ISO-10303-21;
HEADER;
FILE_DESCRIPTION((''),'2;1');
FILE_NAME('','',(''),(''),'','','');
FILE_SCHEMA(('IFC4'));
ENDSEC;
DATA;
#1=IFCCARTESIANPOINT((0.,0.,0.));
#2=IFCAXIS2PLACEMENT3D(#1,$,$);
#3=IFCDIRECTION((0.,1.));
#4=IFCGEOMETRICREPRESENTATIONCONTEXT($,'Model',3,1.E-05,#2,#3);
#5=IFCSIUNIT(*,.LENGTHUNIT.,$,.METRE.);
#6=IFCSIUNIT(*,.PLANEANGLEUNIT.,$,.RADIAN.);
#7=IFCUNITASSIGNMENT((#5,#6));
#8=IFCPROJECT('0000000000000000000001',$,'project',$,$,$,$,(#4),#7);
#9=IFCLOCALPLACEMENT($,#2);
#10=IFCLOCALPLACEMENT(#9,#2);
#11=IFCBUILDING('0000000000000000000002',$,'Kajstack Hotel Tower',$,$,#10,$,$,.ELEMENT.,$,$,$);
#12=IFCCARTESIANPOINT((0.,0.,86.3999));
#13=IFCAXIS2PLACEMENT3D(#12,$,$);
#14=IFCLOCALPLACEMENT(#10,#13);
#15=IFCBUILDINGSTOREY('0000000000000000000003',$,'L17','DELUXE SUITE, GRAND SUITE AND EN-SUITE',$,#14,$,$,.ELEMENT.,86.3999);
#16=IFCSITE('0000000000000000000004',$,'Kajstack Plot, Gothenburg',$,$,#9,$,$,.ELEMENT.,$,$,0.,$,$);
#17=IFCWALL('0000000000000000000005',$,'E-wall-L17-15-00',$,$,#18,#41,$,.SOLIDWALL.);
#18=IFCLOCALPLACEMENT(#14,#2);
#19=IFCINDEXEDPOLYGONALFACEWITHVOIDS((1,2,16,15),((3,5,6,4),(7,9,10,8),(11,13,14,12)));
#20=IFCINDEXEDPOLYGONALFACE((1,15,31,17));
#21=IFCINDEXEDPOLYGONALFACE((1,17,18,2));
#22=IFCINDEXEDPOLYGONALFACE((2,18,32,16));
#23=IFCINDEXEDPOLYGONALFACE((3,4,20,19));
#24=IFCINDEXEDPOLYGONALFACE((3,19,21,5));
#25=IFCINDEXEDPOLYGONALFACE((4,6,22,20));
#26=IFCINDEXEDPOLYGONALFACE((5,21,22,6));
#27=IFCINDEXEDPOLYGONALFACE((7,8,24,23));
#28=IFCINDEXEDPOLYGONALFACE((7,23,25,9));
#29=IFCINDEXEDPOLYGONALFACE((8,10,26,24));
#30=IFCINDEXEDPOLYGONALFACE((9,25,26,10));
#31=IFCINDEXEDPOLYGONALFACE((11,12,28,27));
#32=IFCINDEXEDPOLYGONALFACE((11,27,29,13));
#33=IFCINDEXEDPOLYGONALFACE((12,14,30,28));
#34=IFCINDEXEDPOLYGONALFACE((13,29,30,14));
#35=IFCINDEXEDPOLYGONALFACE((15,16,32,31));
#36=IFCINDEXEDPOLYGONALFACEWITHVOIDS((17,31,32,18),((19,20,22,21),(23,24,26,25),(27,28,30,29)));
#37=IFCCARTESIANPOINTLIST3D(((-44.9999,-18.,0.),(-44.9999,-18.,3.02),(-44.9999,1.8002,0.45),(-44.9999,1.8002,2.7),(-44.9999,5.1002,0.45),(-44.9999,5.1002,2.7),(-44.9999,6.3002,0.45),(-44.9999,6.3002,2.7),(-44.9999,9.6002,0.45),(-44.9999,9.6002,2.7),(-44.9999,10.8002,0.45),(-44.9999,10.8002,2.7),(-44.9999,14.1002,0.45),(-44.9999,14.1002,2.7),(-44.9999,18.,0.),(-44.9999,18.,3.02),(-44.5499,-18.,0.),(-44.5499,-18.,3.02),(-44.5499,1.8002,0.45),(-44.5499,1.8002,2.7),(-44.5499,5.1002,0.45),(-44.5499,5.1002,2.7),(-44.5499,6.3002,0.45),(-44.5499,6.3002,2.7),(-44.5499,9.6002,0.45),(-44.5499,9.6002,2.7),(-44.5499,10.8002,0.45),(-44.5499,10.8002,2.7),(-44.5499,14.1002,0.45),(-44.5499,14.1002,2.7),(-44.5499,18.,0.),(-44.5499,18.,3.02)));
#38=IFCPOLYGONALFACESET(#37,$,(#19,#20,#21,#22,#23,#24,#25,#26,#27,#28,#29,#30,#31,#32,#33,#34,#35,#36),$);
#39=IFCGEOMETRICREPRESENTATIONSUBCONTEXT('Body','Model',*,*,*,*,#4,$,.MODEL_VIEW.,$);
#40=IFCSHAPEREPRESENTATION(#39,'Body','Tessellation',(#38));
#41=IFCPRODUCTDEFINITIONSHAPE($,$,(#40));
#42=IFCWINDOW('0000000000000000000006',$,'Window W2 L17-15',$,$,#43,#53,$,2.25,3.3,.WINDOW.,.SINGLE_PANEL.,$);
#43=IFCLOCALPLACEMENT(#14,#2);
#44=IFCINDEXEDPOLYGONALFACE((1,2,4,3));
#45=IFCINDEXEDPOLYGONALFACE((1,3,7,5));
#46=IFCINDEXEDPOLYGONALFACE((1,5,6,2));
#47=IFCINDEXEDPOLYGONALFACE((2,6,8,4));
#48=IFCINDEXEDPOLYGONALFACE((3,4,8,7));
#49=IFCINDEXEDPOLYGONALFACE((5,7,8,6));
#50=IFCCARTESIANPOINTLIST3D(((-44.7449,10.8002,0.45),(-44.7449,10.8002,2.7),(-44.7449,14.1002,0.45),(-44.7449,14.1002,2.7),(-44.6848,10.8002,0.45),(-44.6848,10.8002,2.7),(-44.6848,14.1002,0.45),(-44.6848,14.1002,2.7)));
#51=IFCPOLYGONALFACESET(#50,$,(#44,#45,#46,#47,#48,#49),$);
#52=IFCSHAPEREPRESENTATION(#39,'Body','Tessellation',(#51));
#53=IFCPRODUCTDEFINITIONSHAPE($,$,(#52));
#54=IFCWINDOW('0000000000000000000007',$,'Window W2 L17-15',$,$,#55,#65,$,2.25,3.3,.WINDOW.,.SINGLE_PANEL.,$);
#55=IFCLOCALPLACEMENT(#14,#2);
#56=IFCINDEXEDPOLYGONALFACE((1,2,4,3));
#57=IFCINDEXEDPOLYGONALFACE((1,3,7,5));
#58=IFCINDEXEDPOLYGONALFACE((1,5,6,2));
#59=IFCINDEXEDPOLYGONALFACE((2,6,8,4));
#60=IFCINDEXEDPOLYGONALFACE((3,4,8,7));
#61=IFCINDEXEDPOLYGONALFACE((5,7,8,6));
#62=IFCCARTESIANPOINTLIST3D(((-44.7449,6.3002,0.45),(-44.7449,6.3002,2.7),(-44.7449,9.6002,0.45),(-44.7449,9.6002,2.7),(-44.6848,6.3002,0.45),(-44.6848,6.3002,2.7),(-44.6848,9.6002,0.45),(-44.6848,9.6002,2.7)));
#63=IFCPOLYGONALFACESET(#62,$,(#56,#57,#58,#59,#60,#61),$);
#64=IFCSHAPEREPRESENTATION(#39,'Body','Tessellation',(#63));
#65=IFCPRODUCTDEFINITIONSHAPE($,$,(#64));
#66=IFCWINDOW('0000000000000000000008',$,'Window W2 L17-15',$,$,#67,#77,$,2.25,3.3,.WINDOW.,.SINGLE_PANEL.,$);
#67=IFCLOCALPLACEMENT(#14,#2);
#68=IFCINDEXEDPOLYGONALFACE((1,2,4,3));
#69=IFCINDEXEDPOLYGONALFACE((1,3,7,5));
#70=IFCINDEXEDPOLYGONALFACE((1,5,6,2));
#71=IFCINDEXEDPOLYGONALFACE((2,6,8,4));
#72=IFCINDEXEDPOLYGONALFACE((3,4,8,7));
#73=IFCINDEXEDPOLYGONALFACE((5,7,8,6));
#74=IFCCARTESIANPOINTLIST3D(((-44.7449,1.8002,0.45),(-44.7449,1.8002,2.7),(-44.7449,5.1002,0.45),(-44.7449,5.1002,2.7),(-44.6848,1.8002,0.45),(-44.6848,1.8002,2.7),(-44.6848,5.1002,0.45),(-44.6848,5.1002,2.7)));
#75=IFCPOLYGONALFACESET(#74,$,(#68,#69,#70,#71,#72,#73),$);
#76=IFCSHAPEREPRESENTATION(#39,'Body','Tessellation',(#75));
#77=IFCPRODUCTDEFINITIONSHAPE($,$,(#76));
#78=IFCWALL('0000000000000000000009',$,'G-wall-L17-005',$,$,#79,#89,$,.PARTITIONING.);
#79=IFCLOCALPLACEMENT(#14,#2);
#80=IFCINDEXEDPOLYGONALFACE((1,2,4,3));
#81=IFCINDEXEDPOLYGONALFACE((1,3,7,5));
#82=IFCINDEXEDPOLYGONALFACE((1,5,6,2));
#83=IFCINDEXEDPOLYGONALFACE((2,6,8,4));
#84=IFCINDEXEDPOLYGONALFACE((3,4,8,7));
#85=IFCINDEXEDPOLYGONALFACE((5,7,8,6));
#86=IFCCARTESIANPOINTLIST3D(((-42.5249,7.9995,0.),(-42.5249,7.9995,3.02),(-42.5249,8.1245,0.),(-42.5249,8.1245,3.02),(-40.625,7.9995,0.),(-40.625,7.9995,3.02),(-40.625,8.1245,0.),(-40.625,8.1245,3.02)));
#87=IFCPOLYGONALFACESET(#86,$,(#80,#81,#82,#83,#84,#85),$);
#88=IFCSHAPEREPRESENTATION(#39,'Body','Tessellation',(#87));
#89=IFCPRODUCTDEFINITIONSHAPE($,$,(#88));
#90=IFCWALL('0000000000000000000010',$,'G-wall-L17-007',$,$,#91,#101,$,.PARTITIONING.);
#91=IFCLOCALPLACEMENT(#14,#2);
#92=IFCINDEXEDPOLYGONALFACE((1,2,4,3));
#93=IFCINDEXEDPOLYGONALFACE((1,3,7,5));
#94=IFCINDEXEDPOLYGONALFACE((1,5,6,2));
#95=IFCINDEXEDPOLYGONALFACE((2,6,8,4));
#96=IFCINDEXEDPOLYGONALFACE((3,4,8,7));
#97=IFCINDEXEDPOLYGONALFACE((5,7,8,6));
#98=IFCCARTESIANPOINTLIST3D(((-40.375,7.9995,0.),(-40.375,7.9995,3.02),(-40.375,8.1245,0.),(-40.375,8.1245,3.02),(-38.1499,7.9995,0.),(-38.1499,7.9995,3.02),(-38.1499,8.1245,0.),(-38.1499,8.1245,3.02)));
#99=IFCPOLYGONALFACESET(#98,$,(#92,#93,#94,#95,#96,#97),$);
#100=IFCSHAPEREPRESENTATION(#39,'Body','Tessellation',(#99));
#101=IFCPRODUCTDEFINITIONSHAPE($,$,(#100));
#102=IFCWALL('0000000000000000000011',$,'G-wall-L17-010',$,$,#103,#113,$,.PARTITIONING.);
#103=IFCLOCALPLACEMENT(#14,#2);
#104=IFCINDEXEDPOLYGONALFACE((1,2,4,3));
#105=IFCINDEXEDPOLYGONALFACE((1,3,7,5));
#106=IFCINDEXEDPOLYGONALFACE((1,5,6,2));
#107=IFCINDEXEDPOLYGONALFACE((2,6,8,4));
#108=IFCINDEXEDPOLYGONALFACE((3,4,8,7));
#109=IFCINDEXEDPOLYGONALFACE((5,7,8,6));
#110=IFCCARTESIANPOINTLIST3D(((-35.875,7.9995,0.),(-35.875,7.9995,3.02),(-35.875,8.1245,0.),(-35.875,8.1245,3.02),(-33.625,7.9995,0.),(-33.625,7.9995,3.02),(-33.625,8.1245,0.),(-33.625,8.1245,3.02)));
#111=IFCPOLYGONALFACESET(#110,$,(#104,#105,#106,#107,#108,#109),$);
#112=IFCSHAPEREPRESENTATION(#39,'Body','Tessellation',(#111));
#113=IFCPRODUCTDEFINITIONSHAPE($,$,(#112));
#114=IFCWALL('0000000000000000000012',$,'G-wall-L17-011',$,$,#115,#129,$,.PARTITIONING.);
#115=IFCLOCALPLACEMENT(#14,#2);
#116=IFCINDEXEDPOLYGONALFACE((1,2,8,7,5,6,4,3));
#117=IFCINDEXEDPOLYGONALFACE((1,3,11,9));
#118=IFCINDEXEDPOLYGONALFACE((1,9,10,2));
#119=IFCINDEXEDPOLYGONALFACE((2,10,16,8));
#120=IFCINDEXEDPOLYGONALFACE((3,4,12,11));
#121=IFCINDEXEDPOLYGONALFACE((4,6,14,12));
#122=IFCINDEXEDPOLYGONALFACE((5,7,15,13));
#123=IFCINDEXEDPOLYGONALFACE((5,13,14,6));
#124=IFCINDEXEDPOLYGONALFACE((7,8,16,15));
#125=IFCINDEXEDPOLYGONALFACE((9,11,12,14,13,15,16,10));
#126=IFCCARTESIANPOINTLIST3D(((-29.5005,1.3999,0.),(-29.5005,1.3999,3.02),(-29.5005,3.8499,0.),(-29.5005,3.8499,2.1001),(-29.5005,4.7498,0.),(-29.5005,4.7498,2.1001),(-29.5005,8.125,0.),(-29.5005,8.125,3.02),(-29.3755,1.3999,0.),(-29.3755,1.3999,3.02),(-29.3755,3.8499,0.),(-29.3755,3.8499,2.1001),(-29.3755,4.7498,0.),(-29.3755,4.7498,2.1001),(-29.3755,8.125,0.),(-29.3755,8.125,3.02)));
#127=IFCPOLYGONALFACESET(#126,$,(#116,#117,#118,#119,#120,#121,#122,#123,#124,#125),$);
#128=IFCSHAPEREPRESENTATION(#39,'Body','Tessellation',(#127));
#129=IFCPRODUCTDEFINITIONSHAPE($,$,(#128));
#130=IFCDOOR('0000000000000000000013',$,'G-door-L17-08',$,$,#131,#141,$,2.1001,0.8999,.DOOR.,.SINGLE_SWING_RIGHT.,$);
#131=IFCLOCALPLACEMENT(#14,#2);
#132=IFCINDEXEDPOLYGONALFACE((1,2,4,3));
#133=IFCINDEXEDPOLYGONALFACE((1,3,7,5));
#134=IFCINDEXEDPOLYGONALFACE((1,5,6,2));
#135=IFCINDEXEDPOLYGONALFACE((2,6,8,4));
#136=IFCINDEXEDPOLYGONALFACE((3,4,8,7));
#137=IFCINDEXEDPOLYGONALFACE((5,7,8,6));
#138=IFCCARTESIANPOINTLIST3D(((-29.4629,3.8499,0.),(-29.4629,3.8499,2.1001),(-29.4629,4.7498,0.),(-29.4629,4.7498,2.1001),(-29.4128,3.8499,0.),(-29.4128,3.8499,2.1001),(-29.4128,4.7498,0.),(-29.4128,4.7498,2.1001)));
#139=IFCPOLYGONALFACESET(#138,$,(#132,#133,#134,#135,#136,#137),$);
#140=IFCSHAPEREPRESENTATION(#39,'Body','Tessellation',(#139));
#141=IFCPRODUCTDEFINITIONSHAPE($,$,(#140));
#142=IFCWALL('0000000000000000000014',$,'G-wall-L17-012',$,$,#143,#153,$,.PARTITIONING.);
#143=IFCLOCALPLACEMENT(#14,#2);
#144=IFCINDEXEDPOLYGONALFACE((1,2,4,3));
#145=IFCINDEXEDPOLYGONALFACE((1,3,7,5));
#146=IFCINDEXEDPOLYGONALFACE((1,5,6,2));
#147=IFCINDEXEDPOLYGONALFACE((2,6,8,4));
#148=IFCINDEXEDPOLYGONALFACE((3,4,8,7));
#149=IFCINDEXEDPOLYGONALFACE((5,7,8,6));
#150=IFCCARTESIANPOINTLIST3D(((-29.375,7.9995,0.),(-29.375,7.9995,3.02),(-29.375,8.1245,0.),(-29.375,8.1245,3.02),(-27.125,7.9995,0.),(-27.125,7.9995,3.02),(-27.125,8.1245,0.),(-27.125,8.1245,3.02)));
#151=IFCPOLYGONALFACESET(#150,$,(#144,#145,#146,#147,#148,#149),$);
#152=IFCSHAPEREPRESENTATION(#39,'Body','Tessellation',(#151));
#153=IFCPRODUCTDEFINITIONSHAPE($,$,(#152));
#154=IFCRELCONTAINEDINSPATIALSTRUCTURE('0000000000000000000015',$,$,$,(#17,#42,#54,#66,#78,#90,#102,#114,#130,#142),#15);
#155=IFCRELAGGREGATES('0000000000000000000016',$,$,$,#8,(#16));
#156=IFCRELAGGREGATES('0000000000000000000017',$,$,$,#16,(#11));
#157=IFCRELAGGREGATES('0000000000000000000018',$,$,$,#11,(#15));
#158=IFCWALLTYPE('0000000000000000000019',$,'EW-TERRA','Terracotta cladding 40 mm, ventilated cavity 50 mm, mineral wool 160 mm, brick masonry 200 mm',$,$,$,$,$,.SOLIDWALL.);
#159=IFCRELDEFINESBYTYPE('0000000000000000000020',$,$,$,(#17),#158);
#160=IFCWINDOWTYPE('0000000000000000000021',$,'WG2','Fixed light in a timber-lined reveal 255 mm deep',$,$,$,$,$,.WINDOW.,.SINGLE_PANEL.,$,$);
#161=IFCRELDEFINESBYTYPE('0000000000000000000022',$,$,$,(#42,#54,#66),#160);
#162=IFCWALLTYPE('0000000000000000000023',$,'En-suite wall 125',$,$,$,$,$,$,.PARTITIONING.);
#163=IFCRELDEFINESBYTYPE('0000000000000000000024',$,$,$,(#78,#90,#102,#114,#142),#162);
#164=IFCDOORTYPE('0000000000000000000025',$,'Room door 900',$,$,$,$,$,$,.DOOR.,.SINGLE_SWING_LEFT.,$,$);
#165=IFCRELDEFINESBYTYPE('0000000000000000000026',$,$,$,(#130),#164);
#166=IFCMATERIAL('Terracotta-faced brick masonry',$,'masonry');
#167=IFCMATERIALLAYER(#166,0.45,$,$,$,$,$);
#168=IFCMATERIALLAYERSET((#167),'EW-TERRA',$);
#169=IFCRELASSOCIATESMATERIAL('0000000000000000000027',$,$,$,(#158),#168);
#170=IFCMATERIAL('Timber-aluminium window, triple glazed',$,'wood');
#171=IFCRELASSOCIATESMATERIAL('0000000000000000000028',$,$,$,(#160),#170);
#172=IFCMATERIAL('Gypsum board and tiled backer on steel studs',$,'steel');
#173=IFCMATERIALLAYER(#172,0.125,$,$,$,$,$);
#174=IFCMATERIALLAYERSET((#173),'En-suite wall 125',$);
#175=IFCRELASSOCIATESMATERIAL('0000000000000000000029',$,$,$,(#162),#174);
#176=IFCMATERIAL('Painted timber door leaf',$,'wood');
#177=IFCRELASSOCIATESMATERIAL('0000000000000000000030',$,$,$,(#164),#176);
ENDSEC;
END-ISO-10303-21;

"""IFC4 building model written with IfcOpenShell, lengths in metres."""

from ifc_helpers import new_model, si_unit, direction, frame, frame_2d, origin, place, context, subcontext, project, spatial, rectangle, extrude, material, layer, layer_set, type_object, element, fill, save


model = new_model("IFC4")

# Units and contexts
model_context = context("Model", 3, precision=1e-05, world=origin(), true_north=direction((0.0, 1.0)))
body_context = subcontext(model_context, "Body", "Model", "MODEL_VIEW")
ifc_project = project(units=[si_unit("LENGTHUNIT", "METRE"), si_unit("PLANEANGLEUNIT", "RADIAN")], contexts=[model_context])

# Site, building, storey
site_placement = place(None, origin())
site = spatial("IfcSite", under=ifc_project, at=site_placement, Name="Kajstack Plot, Gothenburg", CompositionType="ELEMENT", RefElevation=0.0)
building_placement = place(site_placement, origin())
building = spatial("IfcBuilding", under=site, at=building_placement, Name="Kajstack Hotel Tower", CompositionType="ELEMENT")
storey_placement = place(building_placement, frame((0.0, 0.0, 86.3999)))
storey = spatial("IfcBuildingStorey", under=building, at=storey_placement, Name="L17", Description="DELUXE SUITE, GRAND SUITE AND EN-SUITE", CompositionType="ELEMENT", Elevation=86.3999)

# Shared definitions
ifc_material_1 = material(Name="Terracotta-faced brick masonry", Category="masonry")
ifc_layer_1 = layer(ifc_material_1, 0.45)
ifc_layer_set_1 = layer_set([ifc_layer_1], Name="EW-TERRA")
wall_type_1 = type_object("IfcWallType", Name="EW-TERRA", Description="Terracotta cladding 40 mm, ventilated cavity 50 mm, mineral wool 160 mm, brick masonry 200 mm", PredefinedType="SOLIDWALL", material=ifc_layer_set_1)
ifc_material_2 = material(Name="Timber-aluminium window, triple glazed", Category="wood")

# Wall, openings, windows
wall_1_placement = place(storey_placement, frame((-44.7749, 18.0, 0.0), z_axis=(0.0, 0.0, 1.0), x_axis=(0.0, -1.0, 0.0)))
wall_1 = element("IfcWall", 1, at=wall_1_placement, inside=storey, type_object=wall_type_1, Name="E-wall-L17-15-00", PredefinedType="SOLIDWALL", context=body_context, shape_type="SweptSolid", body=[
    extrude(rectangle(XDim=36.0, YDim=0.45, at=frame_2d((18.0, 0.0))), origin(), (0.0, 0.0, 1.0), 3.02),
])
opening_1_placement = place(wall_1_placement, frame((3.8999, 0.0, 0.45)))
opening_1 = element("IfcOpeningElement", 2, at=opening_1_placement, cuts=wall_1, PredefinedType="OPENING", context=body_context, shape_type="SweptSolid", body=[
    extrude(rectangle(XDim=3.3, YDim=2.25, at=frame_2d((1.6499, 1.125))), frame((0.0, 0.2349, 0.0), z_axis=(0.0, -1.0, 0.0), x_axis=(1.0, 0.0, 0.0)), (0.0, 0.0, 1.0), 0.47),
])
opening_2_placement = place(wall_1_placement, frame((8.3999, 0.0, 0.45)))
opening_2 = element("IfcOpeningElement", 3, at=opening_2_placement, cuts=wall_1, PredefinedType="OPENING", context=body_context, shape_type="SweptSolid", body=[
    extrude(rectangle(XDim=3.3, YDim=2.25, at=frame_2d((1.6499, 1.125))), frame((0.0, 0.2349, 0.0), z_axis=(0.0, -1.0, 0.0), x_axis=(1.0, 0.0, 0.0)), (0.0, 0.0, 1.0), 0.47),
])
opening_3_placement = place(wall_1_placement, frame((12.8999, 0.0, 0.45)))
opening_3 = element("IfcOpeningElement", 4, at=opening_3_placement, cuts=wall_1, PredefinedType="OPENING", context=body_context, shape_type="SweptSolid", body=[
    extrude(rectangle(XDim=3.3, YDim=2.25, at=frame_2d((1.6499, 1.125))), frame((0.0, 0.2349, 0.0), z_axis=(0.0, -1.0, 0.0), x_axis=(1.0, 0.0, 0.0)), (0.0, 0.0, 1.0), 0.47),
])
window_type_1 = type_object("IfcWindowType", Name="WG2", Description="Fixed light in a timber-lined reveal 255 mm deep", PartitioningType="SINGLE_PANEL", PredefinedType="WINDOW", material=ifc_material_2)
window_1_placement = place(opening_1_placement, origin())
window_1 = element("IfcWindow", 5, at=window_1_placement, inside=storey, type_object=window_type_1, Name="Window W2 L17-15", OverallHeight=2.25, OverallWidth=3.3, PartitioningType="SINGLE_PANEL", PredefinedType="WINDOW", context=body_context, shape_type="SweptSolid", body=[
    extrude(rectangle(XDim=3.3, YDim=2.25, at=frame_2d((1.6499, 1.125))), frame((0.0, 0.0901, 0.0), z_axis=(0.0, -1.0, 0.0), x_axis=(1.0, 0.0, 0.0)), (0.0, 0.0, 1.0), 0.0601),
])
fill(opening_1, window_1)
window_2_placement = place(opening_2_placement, origin())
window_2 = element("IfcWindow", 6, at=window_2_placement, inside=storey, type_object=window_type_1, Name="Window W2 L17-15", OverallHeight=2.25, OverallWidth=3.3, PartitioningType="SINGLE_PANEL", PredefinedType="WINDOW", context=body_context, shape_type="SweptSolid", body=[
    extrude(rectangle(XDim=3.3, YDim=2.25, at=frame_2d((1.6499, 1.125))), frame((0.0, 0.0901, 0.0), z_axis=(0.0, -1.0, 0.0), x_axis=(1.0, 0.0, 0.0)), (0.0, 0.0, 1.0), 0.0601),
])
fill(opening_2, window_2)
window_3_placement = place(opening_3_placement, origin())
window_3 = element("IfcWindow", 7, at=window_3_placement, inside=storey, type_object=window_type_1, Name="Window W2 L17-15", OverallHeight=2.25, OverallWidth=3.3, PartitioningType="SINGLE_PANEL", PredefinedType="WINDOW", context=body_context, shape_type="SweptSolid", body=[
    extrude(rectangle(XDim=3.3, YDim=2.25, at=frame_2d((1.6499, 1.125))), frame((0.0, 0.0901, 0.0), z_axis=(0.0, -1.0, 0.0), x_axis=(1.0, 0.0, 0.0)), (0.0, 0.0, 1.0), 0.0601),
])
fill(opening_3, window_3)

# Walls
ifc_material_3 = material(Name="Gypsum board and tiled backer on steel studs", Category="steel")
ifc_layer_2 = layer(ifc_material_3, 0.125)
ifc_layer_set_2 = layer_set([ifc_layer_2], Name="En-suite wall 125")
wall_type_2 = type_object("IfcWallType", Name="En-suite wall 125", PredefinedType="PARTITIONING", material=ifc_layer_set_2)
wall_2_placement = place(storey_placement, frame((-42.5249, 8.062, 0.0), z_axis=(0.0, 0.0, 1.0), x_axis=(1.0, 0.0, 0.0)))
element("IfcWall", 8, at=wall_2_placement, inside=storey, type_object=wall_type_2, Name="G-wall-L17-005", PredefinedType="PARTITIONING", context=body_context, shape_type="SweptSolid", body=[
    extrude(rectangle(XDim=1.8999, YDim=0.125, at=frame_2d((0.95, 0.0))), origin(), (0.0, 0.0, 1.0), 3.02),
])
wall_3_placement = place(storey_placement, frame((-40.375, 8.062, 0.0), z_axis=(0.0, 0.0, 1.0), x_axis=(1.0, 0.0, 0.0)))
element("IfcWall", 9, at=wall_3_placement, inside=storey, type_object=wall_type_2, Name="G-wall-L17-007", PredefinedType="PARTITIONING", context=body_context, shape_type="SweptSolid", body=[
    extrude(rectangle(XDim=2.2251, YDim=0.125, at=frame_2d((1.1125, 0.0))), origin(), (0.0, 0.0, 1.0), 3.02),
])
wall_4_placement = place(storey_placement, frame((-35.875, 8.062, 0.0), z_axis=(0.0, 0.0, 1.0), x_axis=(1.0, 0.0, 0.0)))
element("IfcWall", 10, at=wall_4_placement, inside=storey, type_object=wall_type_2, Name="G-wall-L17-010", PredefinedType="PARTITIONING", context=body_context, shape_type="SweptSolid", body=[
    extrude(rectangle(XDim=2.25, YDim=0.125, at=frame_2d((1.125, 0.0))), origin(), (0.0, 0.0, 1.0), 3.02),
])

# Wall, opening, door
wall_5_placement = place(storey_placement, frame((-29.438, 1.3999, 0.0), z_axis=(0.0, 0.0, 1.0), x_axis=(0.0, 1.0, 0.0)))
wall_5 = element("IfcWall", 11, at=wall_5_placement, inside=storey, type_object=wall_type_2, Name="G-wall-L17-011", PredefinedType="PARTITIONING", context=body_context, shape_type="SweptSolid", body=[
    extrude(rectangle(XDim=6.7251, YDim=0.125, at=frame_2d((3.3625, 0.0))), origin(), (0.0, 0.0, 1.0), 3.02),
])
opening_4_placement = place(wall_5_placement, frame((2.45, 0.0, 0.0)))
opening_4 = element("IfcOpeningElement", 12, at=opening_4_placement, cuts=wall_5, PredefinedType="OPENING", context=body_context, shape_type="SweptSolid", body=[
    extrude(rectangle(XDim=0.8999, YDim=2.1001, at=frame_2d((0.45, 1.05))), frame((0.0, 0.0725, 0.0), z_axis=(0.0, -1.0, 0.0), x_axis=(1.0, 0.0, 0.0)), (0.0, 0.0, 1.0), 0.145),
])
ifc_material_4 = material(Name="Painted timber door leaf", Category="wood")
door_type = type_object("IfcDoorType", Name="Room door 900", OperationType="SINGLE_SWING_LEFT", PredefinedType="DOOR", material=ifc_material_4)
door_placement = place(opening_4_placement, origin())
door = element("IfcDoor", 13, at=door_placement, inside=storey, type_object=door_type, Name="G-door-L17-08", OperationType="SINGLE_SWING_RIGHT", OverallHeight=2.1001, OverallWidth=0.8999, PredefinedType="DOOR", context=body_context, shape_type="SweptSolid", body=[
    extrude(rectangle(XDim=0.8999, YDim=2.1001, at=frame_2d((0.45, 1.05))), frame((0.0, 0.0249, 0.0), z_axis=(0.0, -1.0, 0.0), x_axis=(1.0, 0.0, 0.0)), (0.0, 0.0, 1.0), 0.05),
])
fill(opening_4, door)

# Wall
wall_6_placement = place(storey_placement, frame((-29.375, 8.062, 0.0), z_axis=(0.0, 0.0, 1.0), x_axis=(1.0, 0.0, 0.0)))
element("IfcWall", 14, at=wall_6_placement, inside=storey, type_object=wall_type_2, Name="G-wall-L17-012", PredefinedType="PARTITIONING", context=body_context, shape_type="SweptSolid", body=[
    extrude(rectangle(XDim=2.25, YDim=0.125, at=frame_2d((1.125, 0.0))), origin(), (0.0, 0.0, 1.0), 3.02),
])

save(model, "model.ifc")
